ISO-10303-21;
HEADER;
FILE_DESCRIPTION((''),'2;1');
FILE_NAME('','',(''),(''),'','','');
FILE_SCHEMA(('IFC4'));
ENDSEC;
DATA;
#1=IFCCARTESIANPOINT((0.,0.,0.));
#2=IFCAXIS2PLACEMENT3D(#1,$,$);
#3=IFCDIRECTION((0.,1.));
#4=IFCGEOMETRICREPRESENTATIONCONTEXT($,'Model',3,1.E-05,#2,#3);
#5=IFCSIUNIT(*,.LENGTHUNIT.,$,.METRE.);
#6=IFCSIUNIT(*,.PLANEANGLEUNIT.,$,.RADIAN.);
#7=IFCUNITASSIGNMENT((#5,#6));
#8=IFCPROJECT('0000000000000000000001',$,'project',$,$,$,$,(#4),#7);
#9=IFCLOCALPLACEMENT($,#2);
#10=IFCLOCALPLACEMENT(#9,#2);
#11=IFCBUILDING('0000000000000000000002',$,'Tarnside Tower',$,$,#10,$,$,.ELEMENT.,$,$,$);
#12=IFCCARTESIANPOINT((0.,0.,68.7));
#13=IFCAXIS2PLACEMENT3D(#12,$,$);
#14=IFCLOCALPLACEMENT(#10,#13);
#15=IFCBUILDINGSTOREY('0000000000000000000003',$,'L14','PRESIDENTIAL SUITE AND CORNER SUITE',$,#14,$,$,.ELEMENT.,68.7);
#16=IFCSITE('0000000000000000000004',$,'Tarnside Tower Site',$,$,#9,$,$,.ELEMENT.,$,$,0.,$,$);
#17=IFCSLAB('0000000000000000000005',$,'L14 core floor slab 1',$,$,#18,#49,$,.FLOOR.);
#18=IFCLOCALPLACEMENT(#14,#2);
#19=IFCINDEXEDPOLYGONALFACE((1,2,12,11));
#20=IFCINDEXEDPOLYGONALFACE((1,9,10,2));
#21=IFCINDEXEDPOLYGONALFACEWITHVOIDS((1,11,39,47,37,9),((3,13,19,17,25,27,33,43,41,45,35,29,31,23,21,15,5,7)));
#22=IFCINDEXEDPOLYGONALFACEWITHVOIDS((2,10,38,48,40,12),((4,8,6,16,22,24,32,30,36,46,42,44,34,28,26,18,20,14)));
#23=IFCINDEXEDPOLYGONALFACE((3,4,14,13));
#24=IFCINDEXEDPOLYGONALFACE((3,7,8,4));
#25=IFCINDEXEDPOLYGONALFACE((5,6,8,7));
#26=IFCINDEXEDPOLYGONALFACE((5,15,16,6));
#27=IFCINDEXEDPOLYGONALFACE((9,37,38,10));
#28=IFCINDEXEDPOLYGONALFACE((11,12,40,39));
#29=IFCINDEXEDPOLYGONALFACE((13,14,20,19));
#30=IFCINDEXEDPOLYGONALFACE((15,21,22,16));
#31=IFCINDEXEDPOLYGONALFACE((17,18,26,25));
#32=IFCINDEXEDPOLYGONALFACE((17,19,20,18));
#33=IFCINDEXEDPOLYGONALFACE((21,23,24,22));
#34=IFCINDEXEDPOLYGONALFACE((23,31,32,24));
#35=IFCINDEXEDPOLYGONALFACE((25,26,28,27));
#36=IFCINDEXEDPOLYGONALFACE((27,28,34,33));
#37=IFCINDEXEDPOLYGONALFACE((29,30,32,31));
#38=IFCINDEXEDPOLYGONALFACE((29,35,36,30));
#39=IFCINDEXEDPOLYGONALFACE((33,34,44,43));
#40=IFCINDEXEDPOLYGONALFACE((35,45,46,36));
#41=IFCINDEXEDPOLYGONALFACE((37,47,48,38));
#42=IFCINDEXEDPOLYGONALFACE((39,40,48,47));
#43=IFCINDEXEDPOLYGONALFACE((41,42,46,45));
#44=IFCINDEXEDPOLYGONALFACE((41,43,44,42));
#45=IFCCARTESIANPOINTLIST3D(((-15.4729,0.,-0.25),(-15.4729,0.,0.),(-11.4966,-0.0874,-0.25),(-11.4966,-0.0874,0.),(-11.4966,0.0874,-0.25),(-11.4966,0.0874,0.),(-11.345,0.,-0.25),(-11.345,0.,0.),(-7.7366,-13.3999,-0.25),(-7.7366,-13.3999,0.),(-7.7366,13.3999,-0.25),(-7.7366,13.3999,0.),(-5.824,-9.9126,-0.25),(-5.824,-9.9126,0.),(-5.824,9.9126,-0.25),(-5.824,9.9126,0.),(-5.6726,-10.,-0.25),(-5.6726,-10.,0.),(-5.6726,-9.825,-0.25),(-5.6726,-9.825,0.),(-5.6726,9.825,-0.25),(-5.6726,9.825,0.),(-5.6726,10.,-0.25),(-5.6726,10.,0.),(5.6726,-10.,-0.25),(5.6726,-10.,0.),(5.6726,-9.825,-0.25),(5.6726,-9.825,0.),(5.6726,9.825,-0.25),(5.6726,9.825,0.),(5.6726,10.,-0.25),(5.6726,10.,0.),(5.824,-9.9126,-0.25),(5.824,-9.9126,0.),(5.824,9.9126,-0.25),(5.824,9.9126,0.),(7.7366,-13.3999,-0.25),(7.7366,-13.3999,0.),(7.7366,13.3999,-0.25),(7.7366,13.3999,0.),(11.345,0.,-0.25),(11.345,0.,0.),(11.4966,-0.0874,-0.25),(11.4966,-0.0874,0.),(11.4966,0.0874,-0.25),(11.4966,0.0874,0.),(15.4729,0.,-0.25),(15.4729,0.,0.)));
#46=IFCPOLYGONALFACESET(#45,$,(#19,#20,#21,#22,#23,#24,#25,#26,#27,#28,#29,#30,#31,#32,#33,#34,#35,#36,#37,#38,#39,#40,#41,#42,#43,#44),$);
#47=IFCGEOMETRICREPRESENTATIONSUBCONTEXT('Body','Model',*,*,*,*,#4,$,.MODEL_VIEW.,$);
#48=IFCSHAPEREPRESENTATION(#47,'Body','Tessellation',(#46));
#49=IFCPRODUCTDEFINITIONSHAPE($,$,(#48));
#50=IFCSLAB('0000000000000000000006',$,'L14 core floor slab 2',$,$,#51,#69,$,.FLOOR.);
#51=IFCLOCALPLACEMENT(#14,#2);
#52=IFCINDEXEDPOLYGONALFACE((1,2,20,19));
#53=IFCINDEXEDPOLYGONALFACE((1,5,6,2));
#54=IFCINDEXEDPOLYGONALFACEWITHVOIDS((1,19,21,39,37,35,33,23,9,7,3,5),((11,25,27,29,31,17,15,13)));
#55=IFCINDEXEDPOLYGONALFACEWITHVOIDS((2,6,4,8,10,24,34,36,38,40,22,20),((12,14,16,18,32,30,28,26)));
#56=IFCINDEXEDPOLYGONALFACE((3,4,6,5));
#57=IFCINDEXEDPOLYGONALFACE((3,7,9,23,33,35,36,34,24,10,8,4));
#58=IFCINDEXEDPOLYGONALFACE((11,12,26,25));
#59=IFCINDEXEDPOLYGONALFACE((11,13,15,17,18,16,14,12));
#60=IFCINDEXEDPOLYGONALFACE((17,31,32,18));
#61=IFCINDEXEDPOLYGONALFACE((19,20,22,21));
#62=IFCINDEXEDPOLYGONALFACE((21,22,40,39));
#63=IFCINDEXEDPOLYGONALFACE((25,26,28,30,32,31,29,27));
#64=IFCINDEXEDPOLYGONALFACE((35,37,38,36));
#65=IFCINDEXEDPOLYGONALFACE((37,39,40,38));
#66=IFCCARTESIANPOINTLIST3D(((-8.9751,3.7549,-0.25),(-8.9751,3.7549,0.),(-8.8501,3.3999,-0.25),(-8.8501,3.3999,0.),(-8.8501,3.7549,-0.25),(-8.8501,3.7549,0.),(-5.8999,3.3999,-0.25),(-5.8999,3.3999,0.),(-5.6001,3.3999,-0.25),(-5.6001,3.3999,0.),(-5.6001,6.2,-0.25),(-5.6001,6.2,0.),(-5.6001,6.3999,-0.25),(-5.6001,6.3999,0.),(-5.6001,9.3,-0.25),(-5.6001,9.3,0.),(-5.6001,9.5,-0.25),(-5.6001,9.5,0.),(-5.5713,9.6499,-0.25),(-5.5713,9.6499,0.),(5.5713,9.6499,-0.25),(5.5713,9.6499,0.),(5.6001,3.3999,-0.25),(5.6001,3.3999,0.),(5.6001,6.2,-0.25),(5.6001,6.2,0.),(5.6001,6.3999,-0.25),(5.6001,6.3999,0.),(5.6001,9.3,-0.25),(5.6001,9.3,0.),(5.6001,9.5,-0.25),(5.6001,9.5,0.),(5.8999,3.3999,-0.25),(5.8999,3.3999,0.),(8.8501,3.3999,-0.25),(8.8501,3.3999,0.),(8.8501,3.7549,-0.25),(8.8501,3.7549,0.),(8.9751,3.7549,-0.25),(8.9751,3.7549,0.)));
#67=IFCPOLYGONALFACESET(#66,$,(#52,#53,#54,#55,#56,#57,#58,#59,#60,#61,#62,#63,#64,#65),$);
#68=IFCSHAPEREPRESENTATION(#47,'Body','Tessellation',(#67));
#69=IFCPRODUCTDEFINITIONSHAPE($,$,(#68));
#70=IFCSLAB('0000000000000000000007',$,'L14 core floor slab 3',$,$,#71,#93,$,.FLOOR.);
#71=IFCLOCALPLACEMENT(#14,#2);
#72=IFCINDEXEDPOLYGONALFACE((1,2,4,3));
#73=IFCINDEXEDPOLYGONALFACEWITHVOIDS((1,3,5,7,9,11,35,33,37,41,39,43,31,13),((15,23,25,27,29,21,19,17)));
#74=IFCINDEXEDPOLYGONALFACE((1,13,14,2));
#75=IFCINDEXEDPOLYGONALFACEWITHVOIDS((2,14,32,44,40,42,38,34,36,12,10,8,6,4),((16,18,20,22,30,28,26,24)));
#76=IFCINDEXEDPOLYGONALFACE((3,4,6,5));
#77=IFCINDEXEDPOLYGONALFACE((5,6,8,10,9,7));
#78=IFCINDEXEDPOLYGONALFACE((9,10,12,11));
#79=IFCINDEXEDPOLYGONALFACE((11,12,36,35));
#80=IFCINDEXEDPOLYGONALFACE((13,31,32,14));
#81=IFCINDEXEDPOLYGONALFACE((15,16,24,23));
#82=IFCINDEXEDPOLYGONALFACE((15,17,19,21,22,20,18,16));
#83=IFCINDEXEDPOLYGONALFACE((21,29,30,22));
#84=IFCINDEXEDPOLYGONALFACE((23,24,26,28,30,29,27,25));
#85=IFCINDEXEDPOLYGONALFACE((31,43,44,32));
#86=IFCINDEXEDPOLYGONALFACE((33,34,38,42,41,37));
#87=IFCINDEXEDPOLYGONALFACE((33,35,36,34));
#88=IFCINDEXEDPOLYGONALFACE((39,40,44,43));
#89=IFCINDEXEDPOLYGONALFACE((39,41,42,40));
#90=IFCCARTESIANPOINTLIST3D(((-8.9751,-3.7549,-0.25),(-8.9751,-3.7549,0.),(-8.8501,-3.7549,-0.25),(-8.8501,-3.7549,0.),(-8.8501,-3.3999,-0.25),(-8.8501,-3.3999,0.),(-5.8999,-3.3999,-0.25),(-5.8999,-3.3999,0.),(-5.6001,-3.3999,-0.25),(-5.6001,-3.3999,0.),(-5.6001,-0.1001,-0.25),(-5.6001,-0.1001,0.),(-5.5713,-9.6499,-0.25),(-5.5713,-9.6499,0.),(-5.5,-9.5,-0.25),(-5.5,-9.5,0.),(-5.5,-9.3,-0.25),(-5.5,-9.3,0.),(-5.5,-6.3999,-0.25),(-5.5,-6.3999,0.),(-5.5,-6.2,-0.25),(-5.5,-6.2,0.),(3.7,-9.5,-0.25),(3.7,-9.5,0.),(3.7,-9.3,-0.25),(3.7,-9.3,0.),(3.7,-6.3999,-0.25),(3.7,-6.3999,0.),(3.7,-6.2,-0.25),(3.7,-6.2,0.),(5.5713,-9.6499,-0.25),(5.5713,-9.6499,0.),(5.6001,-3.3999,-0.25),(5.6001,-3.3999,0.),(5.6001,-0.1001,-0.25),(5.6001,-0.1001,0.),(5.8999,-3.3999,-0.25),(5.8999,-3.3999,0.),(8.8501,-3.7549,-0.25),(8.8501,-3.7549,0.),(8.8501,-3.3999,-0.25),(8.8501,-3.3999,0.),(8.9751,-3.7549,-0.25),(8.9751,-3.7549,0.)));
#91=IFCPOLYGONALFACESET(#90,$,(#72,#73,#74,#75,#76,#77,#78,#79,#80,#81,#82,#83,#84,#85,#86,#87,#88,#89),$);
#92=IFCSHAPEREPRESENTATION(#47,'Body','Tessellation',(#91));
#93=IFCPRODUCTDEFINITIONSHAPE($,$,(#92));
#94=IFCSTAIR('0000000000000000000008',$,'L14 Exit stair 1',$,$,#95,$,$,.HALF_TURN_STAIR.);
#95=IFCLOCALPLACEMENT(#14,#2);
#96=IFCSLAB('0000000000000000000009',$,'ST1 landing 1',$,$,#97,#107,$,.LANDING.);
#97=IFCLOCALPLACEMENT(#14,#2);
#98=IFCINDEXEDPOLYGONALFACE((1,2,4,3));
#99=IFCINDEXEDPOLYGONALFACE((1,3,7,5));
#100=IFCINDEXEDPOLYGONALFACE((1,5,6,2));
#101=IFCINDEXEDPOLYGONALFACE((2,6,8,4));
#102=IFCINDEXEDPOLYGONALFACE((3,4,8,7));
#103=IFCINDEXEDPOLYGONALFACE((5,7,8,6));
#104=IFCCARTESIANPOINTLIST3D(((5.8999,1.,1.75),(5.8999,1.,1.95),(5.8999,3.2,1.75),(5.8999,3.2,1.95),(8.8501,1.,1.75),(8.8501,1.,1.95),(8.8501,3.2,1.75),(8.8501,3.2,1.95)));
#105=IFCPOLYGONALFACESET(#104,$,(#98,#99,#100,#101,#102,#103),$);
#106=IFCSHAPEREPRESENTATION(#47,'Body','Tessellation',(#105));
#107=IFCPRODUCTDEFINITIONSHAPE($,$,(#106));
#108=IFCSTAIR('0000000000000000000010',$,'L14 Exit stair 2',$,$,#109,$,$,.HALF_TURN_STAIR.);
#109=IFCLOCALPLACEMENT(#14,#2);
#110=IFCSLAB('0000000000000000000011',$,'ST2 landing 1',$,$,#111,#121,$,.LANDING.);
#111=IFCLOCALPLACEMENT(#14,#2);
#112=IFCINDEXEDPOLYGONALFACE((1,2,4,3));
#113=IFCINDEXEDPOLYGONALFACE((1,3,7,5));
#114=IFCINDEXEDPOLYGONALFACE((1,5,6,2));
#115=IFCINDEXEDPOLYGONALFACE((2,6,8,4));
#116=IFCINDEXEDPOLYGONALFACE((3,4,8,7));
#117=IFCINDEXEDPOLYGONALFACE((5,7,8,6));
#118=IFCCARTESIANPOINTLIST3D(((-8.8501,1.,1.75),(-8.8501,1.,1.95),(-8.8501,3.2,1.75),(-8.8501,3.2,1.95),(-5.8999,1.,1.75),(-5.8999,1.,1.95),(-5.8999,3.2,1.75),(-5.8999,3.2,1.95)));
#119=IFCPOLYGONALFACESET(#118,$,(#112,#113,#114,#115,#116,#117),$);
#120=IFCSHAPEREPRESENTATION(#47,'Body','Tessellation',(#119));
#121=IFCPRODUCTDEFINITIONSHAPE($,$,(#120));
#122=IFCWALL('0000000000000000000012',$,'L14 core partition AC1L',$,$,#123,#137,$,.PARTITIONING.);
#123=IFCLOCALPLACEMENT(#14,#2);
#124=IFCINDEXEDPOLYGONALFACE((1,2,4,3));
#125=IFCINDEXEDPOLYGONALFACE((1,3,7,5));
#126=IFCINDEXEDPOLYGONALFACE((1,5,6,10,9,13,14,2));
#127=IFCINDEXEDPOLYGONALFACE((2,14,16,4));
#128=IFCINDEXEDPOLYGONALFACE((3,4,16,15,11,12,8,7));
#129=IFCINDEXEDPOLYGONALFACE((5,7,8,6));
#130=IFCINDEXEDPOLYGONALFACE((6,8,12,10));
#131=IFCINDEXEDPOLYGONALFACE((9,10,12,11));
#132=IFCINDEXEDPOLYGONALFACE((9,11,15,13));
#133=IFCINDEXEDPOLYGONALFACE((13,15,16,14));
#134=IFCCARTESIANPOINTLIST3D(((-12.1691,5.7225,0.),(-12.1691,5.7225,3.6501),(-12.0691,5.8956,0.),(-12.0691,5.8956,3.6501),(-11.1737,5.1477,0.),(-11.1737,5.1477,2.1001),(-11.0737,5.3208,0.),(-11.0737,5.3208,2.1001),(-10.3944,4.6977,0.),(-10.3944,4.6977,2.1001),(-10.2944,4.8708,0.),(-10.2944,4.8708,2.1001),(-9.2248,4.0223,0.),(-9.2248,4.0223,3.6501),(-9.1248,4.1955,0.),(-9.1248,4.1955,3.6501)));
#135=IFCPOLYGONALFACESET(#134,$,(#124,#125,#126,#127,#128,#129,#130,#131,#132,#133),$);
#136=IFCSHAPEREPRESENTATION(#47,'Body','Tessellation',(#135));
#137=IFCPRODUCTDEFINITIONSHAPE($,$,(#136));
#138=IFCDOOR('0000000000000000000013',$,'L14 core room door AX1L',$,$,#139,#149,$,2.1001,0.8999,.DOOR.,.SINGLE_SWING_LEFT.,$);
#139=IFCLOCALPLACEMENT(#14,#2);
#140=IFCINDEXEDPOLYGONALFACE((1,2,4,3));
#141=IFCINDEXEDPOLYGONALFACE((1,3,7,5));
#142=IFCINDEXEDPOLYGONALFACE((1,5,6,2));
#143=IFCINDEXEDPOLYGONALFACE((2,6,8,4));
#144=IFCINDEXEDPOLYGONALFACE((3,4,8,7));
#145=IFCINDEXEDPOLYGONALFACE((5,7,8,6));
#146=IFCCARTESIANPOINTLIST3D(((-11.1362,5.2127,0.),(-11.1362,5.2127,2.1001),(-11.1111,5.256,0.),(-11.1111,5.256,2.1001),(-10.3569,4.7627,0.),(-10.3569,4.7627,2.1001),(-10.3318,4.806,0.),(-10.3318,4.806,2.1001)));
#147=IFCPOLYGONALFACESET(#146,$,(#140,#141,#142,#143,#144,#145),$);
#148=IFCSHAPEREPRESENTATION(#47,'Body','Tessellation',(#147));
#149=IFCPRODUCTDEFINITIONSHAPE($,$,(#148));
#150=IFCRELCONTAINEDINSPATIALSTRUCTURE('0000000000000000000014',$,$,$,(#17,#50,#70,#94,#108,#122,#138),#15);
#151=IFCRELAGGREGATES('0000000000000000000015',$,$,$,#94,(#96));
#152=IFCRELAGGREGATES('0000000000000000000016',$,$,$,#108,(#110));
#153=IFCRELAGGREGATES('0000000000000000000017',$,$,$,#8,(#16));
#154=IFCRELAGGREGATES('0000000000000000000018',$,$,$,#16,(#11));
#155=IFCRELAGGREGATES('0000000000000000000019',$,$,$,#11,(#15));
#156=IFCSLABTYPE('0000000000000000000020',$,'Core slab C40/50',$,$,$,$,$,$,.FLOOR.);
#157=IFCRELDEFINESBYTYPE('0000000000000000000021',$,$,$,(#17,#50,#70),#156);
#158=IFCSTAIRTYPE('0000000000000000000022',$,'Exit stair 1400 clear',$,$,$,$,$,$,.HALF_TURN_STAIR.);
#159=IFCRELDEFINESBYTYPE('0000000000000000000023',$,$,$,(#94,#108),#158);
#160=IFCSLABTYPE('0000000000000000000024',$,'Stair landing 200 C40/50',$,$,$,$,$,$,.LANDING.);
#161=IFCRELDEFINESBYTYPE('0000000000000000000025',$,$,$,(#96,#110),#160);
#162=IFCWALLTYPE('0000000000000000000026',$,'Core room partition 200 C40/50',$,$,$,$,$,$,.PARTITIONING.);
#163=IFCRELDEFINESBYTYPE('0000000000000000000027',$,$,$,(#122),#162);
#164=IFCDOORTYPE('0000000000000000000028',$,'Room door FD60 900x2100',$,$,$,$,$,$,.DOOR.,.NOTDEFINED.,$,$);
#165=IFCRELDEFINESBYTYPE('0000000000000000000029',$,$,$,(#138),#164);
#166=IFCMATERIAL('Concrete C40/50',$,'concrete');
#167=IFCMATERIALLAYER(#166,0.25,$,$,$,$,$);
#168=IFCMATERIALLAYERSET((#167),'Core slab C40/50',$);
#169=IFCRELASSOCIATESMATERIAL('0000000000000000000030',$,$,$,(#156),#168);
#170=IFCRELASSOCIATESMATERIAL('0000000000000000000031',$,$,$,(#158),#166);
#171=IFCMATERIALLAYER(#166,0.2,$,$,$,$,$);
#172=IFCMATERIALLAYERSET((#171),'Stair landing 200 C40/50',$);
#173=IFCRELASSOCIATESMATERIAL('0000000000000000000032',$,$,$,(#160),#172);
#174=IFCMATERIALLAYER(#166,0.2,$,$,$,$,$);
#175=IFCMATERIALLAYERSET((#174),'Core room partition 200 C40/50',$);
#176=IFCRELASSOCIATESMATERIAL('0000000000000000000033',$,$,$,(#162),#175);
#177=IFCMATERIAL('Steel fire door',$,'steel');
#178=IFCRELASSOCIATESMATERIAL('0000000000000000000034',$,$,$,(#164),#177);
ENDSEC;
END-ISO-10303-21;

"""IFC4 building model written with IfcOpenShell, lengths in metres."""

from ifc_helpers import new_model, si_unit, direction, frame, frame_2d, origin, place, context, subcontext, project, spatial, polyline, rectangle, outline, extrude, material, layer, layer_set, type_object, element, fill, aggregate, save


model = new_model("IFC4")

# Units and contexts
model_context = context("Model", 3, precision=1e-05, world=origin(), true_north=direction((0.0, 1.0)))
body_context = subcontext(model_context, "Body", "Model", "MODEL_VIEW")
ifc_project = project(units=[si_unit("LENGTHUNIT", "METRE"), si_unit("PLANEANGLEUNIT", "RADIAN")], contexts=[model_context])

# Site, building, storey
site_placement = place(None, origin())
site = spatial("IfcSite", under=ifc_project, at=site_placement, Name="Tarnside Tower Site", CompositionType="ELEMENT", RefElevation=0.0)
building_placement = place(site_placement, origin())
building = spatial("IfcBuilding", under=site, at=building_placement, Name="Tarnside Tower", CompositionType="ELEMENT")
storey_placement = place(building_placement, frame((0.0, 0.0, 68.7)))
storey = spatial("IfcBuildingStorey", under=building, at=storey_placement, Name="L14", Description="PRESIDENTIAL SUITE AND CORNER SUITE", CompositionType="ELEMENT", Elevation=68.7)

# Slabs
ifc_material_1 = material(Name="Concrete C40/50", Category="concrete")
ifc_layer_1 = layer(ifc_material_1, 0.25)
ifc_layer_set_1 = layer_set([ifc_layer_1], Name="Core slab C40/50")
slab_type_1 = type_object("IfcSlabType", Name="Core slab C40/50", PredefinedType="FLOOR", material=ifc_layer_set_1)
slab_1_placement = place(storey_placement, frame((0.0, 0.0, -0.25)))
element("IfcSlab", 1, at=slab_1_placement, inside=storey, type_object=slab_type_1, Name="L14 core floor slab 1", PredefinedType="FLOOR", context=body_context, shape_type="SweptSolid", body=[
    extrude(outline(polyline([(-15.4729, 0.0), (-7.7366, 13.3999), (7.7366, 13.3999), (15.4729, 0.0), (7.7366, -13.3999), (-7.7366, -13.3999), (-15.4729, 0.0)]), holes=[polyline([(5.824, -9.9126), (11.4966, -0.0874), (11.345, 0.0), (11.4966, 0.0874), (5.824, 9.9126), (5.6726, 9.825), (5.6726, 10.0), (-5.6726, 10.0), (-5.6726, 9.825), (-5.824, 9.9126), (-11.4966, 0.0874), (-11.345, 0.0), (-11.4966, -0.0874), (-5.824, -9.9126), (-5.6726, -9.825), (-5.6726, -10.0), (5.6726, -10.0), (5.6726, -9.825), (5.824, -9.9126)])]), origin(), (0.0, 0.0, 1.0), 0.25),
])
slab_2_placement = place(storey_placement, frame((0.0, 0.0, -0.25)))
element("IfcSlab", 2, at=slab_2_placement, inside=storey, type_object=slab_type_1, Name="L14 core floor slab 2", PredefinedType="FLOOR", context=body_context, shape_type="SweptSolid", body=[
    extrude(outline(polyline([(-8.9751, 3.7549), (-5.5713, 9.6499), (5.5713, 9.6499), (8.9751, 3.7549), (8.8501, 3.7549), (8.8501, 3.3999), (5.8999, 3.3999), (5.6001, 3.3999), (5.6001, 3.3999), (-5.6001, 3.3999), (-5.8999, 3.3999), (-8.8501, 3.3999), (-8.8501, 3.7549), (-8.9751, 3.7549)]), holes=[polyline([(-5.6001, 6.2), (5.6001, 6.2), (5.6001, 6.3999), (5.6001, 9.3), (5.6001, 9.5), (-5.6001, 9.5), (-5.6001, 9.3), (-5.6001, 6.3999), (-5.6001, 6.2)])]), origin(), (0.0, 0.0, 1.0), 0.25),
])
slab_3_placement = place(storey_placement, frame((0.0, 0.0, -0.25)))
element("IfcSlab", 3, at=slab_3_placement, inside=storey, type_object=slab_type_1, Name="L14 core floor slab 3", PredefinedType="FLOOR", context=body_context, shape_type="SweptSolid", body=[
    extrude(outline(polyline([(5.6001, -3.3999), (5.8999, -3.3999), (8.8501, -3.3999), (8.8501, -3.7549), (8.9751, -3.7549), (5.5713, -9.6499), (-5.5713, -9.6499), (-8.9751, -3.7549), (-8.8501, -3.7549), (-8.8501, -3.3999), (-5.8999, -3.3999), (-5.6001, -3.3999), (-5.6001, -0.1001), (5.6001, -0.1001), (5.6001, -3.3999)]), holes=[polyline([(-5.5, -9.3), (-5.5, -9.5), (3.7, -9.5), (3.7, -9.3), (3.7, -6.3999), (3.7, -6.2), (-5.5, -6.2), (-5.5, -6.3999), (-5.5, -9.3)])]), origin(), (0.0, 0.0, 1.0), 0.25),
])

# Stairs, slabs
stair_type = type_object("IfcStairType", Name="Exit stair 1400 clear", PredefinedType="HALF_TURN_STAIR", material=ifc_material_1)
stair_1_placement = place(storey_placement, origin())
stair_1 = element("IfcStair", 4, at=stair_1_placement, inside=storey, type_object=stair_type, Name="L14 Exit stair 1", PredefinedType="HALF_TURN_STAIR")
ifc_layer_2 = layer(ifc_material_1, 0.2)
ifc_layer_set_2 = layer_set([ifc_layer_2], Name="Stair landing 200 C40/50")
slab_type_2 = type_object("IfcSlabType", Name="Stair landing 200 C40/50", PredefinedType="LANDING", material=ifc_layer_set_2)
slab_4_placement = place(storey_placement, frame((0.0, 0.0, 1.75)))
slab_4 = element("IfcSlab", 5, at=slab_4_placement, type_object=slab_type_2, Name="ST1 landing 1", PredefinedType="LANDING", context=body_context, shape_type="SweptSolid", body=[
    extrude(outline(polyline([(8.8501, 1.0), (8.8501, 3.2), (5.8999, 3.2), (5.8999, 1.0), (8.8501, 1.0)])), origin(), (0.0, 0.0, 1.0), 0.2),
])
aggregate(stair_1, [slab_4])
stair_2_placement = place(storey_placement, origin())
stair_2 = element("IfcStair", 6, at=stair_2_placement, inside=storey, type_object=stair_type, Name="L14 Exit stair 2", PredefinedType="HALF_TURN_STAIR")
slab_5_placement = place(storey_placement, frame((0.0, 0.0, 1.75)))
slab_5 = element("IfcSlab", 7, at=slab_5_placement, type_object=slab_type_2, Name="ST2 landing 1", PredefinedType="LANDING", context=body_context, shape_type="SweptSolid", body=[
    extrude(outline(polyline([(-5.8999, 1.0), (-5.8999, 3.2), (-8.8501, 3.2), (-8.8501, 1.0), (-5.8999, 1.0)])), origin(), (0.0, 0.0, 1.0), 0.2),
])

# Wall, opening, door
ifc_layer_3 = layer(ifc_material_1, 0.2)
ifc_layer_set_3 = layer_set([ifc_layer_3], Name="Core room partition 200 C40/50")
wall_type_1 = type_object("IfcWallType", Name="Core room partition 200 C40/50", PredefinedType="PARTITIONING", material=ifc_layer_set_3)
wall_1_placement = place(storey_placement, frame((-9.1748, 4.1089, 0.0), z_axis=(0.0, 0.0, 1.0), x_axis=(-0.865989, 0.500062, 0.0)))
wall_1 = element("IfcWall", 8, at=wall_1_placement, inside=storey, type_object=wall_type_1, Name="L14 core partition AC1L", PredefinedType="PARTITIONING", context=body_context, shape_type="SweptSolid", body=[
    extrude(rectangle(XDim=3.3999, YDim=0.2, at=frame_2d((1.7, 0.0))), origin(), (0.0, 0.0, 1.0), 3.6501),
])
opening_1_placement = place(wall_1_placement, frame((1.3506, 0.0, 0.0)))
opening_1 = element("IfcOpeningElement", 9, at=opening_1_placement, cuts=wall_1, PredefinedType="OPENING", context=body_context, shape_type="SweptSolid", body=[
    extrude(rectangle(XDim=0.8999, YDim=2.1001, at=frame_2d((0.45, 1.05))), frame((0.0, 0.1099, 0.0), z_axis=(0.0, -1.0, 0.0), x_axis=(1.0, 0.0, 0.0)), (0.0, 0.0, 1.0), 0.22),
])
ifc_material_2 = material(Name="Steel fire door", Category="steel")
door_type_1 = type_object("IfcDoorType", Name="Room door FD60 900x2100", OperationType="NOTDEFINED", PredefinedType="DOOR", material=ifc_material_2)
door_1_placement = place(opening_1_placement, origin())
door_1 = element("IfcDoor", 10, at=door_1_placement, inside=storey, type_object=door_type_1, Name="L14 core room door AX1L", OperationType="SINGLE_SWING_LEFT", OverallHeight=2.1001, OverallWidth=0.8999, PredefinedType="DOOR", context=body_context, shape_type="SweptSolid", body=[
    extrude(rectangle(XDim=0.8999, YDim=2.1001, at=frame_2d((0.45, 1.05))), frame((0.0, 0.0249, 0.0), z_axis=(0.0, -1.0, 0.0), x_axis=(1.0, 0.0, 0.0)), (0.0, 0.0, 1.0), 0.05),
])
fill(opening_1, door_1)

aggregate(stair_2, [slab_5])

save(model, "model.ifc")
